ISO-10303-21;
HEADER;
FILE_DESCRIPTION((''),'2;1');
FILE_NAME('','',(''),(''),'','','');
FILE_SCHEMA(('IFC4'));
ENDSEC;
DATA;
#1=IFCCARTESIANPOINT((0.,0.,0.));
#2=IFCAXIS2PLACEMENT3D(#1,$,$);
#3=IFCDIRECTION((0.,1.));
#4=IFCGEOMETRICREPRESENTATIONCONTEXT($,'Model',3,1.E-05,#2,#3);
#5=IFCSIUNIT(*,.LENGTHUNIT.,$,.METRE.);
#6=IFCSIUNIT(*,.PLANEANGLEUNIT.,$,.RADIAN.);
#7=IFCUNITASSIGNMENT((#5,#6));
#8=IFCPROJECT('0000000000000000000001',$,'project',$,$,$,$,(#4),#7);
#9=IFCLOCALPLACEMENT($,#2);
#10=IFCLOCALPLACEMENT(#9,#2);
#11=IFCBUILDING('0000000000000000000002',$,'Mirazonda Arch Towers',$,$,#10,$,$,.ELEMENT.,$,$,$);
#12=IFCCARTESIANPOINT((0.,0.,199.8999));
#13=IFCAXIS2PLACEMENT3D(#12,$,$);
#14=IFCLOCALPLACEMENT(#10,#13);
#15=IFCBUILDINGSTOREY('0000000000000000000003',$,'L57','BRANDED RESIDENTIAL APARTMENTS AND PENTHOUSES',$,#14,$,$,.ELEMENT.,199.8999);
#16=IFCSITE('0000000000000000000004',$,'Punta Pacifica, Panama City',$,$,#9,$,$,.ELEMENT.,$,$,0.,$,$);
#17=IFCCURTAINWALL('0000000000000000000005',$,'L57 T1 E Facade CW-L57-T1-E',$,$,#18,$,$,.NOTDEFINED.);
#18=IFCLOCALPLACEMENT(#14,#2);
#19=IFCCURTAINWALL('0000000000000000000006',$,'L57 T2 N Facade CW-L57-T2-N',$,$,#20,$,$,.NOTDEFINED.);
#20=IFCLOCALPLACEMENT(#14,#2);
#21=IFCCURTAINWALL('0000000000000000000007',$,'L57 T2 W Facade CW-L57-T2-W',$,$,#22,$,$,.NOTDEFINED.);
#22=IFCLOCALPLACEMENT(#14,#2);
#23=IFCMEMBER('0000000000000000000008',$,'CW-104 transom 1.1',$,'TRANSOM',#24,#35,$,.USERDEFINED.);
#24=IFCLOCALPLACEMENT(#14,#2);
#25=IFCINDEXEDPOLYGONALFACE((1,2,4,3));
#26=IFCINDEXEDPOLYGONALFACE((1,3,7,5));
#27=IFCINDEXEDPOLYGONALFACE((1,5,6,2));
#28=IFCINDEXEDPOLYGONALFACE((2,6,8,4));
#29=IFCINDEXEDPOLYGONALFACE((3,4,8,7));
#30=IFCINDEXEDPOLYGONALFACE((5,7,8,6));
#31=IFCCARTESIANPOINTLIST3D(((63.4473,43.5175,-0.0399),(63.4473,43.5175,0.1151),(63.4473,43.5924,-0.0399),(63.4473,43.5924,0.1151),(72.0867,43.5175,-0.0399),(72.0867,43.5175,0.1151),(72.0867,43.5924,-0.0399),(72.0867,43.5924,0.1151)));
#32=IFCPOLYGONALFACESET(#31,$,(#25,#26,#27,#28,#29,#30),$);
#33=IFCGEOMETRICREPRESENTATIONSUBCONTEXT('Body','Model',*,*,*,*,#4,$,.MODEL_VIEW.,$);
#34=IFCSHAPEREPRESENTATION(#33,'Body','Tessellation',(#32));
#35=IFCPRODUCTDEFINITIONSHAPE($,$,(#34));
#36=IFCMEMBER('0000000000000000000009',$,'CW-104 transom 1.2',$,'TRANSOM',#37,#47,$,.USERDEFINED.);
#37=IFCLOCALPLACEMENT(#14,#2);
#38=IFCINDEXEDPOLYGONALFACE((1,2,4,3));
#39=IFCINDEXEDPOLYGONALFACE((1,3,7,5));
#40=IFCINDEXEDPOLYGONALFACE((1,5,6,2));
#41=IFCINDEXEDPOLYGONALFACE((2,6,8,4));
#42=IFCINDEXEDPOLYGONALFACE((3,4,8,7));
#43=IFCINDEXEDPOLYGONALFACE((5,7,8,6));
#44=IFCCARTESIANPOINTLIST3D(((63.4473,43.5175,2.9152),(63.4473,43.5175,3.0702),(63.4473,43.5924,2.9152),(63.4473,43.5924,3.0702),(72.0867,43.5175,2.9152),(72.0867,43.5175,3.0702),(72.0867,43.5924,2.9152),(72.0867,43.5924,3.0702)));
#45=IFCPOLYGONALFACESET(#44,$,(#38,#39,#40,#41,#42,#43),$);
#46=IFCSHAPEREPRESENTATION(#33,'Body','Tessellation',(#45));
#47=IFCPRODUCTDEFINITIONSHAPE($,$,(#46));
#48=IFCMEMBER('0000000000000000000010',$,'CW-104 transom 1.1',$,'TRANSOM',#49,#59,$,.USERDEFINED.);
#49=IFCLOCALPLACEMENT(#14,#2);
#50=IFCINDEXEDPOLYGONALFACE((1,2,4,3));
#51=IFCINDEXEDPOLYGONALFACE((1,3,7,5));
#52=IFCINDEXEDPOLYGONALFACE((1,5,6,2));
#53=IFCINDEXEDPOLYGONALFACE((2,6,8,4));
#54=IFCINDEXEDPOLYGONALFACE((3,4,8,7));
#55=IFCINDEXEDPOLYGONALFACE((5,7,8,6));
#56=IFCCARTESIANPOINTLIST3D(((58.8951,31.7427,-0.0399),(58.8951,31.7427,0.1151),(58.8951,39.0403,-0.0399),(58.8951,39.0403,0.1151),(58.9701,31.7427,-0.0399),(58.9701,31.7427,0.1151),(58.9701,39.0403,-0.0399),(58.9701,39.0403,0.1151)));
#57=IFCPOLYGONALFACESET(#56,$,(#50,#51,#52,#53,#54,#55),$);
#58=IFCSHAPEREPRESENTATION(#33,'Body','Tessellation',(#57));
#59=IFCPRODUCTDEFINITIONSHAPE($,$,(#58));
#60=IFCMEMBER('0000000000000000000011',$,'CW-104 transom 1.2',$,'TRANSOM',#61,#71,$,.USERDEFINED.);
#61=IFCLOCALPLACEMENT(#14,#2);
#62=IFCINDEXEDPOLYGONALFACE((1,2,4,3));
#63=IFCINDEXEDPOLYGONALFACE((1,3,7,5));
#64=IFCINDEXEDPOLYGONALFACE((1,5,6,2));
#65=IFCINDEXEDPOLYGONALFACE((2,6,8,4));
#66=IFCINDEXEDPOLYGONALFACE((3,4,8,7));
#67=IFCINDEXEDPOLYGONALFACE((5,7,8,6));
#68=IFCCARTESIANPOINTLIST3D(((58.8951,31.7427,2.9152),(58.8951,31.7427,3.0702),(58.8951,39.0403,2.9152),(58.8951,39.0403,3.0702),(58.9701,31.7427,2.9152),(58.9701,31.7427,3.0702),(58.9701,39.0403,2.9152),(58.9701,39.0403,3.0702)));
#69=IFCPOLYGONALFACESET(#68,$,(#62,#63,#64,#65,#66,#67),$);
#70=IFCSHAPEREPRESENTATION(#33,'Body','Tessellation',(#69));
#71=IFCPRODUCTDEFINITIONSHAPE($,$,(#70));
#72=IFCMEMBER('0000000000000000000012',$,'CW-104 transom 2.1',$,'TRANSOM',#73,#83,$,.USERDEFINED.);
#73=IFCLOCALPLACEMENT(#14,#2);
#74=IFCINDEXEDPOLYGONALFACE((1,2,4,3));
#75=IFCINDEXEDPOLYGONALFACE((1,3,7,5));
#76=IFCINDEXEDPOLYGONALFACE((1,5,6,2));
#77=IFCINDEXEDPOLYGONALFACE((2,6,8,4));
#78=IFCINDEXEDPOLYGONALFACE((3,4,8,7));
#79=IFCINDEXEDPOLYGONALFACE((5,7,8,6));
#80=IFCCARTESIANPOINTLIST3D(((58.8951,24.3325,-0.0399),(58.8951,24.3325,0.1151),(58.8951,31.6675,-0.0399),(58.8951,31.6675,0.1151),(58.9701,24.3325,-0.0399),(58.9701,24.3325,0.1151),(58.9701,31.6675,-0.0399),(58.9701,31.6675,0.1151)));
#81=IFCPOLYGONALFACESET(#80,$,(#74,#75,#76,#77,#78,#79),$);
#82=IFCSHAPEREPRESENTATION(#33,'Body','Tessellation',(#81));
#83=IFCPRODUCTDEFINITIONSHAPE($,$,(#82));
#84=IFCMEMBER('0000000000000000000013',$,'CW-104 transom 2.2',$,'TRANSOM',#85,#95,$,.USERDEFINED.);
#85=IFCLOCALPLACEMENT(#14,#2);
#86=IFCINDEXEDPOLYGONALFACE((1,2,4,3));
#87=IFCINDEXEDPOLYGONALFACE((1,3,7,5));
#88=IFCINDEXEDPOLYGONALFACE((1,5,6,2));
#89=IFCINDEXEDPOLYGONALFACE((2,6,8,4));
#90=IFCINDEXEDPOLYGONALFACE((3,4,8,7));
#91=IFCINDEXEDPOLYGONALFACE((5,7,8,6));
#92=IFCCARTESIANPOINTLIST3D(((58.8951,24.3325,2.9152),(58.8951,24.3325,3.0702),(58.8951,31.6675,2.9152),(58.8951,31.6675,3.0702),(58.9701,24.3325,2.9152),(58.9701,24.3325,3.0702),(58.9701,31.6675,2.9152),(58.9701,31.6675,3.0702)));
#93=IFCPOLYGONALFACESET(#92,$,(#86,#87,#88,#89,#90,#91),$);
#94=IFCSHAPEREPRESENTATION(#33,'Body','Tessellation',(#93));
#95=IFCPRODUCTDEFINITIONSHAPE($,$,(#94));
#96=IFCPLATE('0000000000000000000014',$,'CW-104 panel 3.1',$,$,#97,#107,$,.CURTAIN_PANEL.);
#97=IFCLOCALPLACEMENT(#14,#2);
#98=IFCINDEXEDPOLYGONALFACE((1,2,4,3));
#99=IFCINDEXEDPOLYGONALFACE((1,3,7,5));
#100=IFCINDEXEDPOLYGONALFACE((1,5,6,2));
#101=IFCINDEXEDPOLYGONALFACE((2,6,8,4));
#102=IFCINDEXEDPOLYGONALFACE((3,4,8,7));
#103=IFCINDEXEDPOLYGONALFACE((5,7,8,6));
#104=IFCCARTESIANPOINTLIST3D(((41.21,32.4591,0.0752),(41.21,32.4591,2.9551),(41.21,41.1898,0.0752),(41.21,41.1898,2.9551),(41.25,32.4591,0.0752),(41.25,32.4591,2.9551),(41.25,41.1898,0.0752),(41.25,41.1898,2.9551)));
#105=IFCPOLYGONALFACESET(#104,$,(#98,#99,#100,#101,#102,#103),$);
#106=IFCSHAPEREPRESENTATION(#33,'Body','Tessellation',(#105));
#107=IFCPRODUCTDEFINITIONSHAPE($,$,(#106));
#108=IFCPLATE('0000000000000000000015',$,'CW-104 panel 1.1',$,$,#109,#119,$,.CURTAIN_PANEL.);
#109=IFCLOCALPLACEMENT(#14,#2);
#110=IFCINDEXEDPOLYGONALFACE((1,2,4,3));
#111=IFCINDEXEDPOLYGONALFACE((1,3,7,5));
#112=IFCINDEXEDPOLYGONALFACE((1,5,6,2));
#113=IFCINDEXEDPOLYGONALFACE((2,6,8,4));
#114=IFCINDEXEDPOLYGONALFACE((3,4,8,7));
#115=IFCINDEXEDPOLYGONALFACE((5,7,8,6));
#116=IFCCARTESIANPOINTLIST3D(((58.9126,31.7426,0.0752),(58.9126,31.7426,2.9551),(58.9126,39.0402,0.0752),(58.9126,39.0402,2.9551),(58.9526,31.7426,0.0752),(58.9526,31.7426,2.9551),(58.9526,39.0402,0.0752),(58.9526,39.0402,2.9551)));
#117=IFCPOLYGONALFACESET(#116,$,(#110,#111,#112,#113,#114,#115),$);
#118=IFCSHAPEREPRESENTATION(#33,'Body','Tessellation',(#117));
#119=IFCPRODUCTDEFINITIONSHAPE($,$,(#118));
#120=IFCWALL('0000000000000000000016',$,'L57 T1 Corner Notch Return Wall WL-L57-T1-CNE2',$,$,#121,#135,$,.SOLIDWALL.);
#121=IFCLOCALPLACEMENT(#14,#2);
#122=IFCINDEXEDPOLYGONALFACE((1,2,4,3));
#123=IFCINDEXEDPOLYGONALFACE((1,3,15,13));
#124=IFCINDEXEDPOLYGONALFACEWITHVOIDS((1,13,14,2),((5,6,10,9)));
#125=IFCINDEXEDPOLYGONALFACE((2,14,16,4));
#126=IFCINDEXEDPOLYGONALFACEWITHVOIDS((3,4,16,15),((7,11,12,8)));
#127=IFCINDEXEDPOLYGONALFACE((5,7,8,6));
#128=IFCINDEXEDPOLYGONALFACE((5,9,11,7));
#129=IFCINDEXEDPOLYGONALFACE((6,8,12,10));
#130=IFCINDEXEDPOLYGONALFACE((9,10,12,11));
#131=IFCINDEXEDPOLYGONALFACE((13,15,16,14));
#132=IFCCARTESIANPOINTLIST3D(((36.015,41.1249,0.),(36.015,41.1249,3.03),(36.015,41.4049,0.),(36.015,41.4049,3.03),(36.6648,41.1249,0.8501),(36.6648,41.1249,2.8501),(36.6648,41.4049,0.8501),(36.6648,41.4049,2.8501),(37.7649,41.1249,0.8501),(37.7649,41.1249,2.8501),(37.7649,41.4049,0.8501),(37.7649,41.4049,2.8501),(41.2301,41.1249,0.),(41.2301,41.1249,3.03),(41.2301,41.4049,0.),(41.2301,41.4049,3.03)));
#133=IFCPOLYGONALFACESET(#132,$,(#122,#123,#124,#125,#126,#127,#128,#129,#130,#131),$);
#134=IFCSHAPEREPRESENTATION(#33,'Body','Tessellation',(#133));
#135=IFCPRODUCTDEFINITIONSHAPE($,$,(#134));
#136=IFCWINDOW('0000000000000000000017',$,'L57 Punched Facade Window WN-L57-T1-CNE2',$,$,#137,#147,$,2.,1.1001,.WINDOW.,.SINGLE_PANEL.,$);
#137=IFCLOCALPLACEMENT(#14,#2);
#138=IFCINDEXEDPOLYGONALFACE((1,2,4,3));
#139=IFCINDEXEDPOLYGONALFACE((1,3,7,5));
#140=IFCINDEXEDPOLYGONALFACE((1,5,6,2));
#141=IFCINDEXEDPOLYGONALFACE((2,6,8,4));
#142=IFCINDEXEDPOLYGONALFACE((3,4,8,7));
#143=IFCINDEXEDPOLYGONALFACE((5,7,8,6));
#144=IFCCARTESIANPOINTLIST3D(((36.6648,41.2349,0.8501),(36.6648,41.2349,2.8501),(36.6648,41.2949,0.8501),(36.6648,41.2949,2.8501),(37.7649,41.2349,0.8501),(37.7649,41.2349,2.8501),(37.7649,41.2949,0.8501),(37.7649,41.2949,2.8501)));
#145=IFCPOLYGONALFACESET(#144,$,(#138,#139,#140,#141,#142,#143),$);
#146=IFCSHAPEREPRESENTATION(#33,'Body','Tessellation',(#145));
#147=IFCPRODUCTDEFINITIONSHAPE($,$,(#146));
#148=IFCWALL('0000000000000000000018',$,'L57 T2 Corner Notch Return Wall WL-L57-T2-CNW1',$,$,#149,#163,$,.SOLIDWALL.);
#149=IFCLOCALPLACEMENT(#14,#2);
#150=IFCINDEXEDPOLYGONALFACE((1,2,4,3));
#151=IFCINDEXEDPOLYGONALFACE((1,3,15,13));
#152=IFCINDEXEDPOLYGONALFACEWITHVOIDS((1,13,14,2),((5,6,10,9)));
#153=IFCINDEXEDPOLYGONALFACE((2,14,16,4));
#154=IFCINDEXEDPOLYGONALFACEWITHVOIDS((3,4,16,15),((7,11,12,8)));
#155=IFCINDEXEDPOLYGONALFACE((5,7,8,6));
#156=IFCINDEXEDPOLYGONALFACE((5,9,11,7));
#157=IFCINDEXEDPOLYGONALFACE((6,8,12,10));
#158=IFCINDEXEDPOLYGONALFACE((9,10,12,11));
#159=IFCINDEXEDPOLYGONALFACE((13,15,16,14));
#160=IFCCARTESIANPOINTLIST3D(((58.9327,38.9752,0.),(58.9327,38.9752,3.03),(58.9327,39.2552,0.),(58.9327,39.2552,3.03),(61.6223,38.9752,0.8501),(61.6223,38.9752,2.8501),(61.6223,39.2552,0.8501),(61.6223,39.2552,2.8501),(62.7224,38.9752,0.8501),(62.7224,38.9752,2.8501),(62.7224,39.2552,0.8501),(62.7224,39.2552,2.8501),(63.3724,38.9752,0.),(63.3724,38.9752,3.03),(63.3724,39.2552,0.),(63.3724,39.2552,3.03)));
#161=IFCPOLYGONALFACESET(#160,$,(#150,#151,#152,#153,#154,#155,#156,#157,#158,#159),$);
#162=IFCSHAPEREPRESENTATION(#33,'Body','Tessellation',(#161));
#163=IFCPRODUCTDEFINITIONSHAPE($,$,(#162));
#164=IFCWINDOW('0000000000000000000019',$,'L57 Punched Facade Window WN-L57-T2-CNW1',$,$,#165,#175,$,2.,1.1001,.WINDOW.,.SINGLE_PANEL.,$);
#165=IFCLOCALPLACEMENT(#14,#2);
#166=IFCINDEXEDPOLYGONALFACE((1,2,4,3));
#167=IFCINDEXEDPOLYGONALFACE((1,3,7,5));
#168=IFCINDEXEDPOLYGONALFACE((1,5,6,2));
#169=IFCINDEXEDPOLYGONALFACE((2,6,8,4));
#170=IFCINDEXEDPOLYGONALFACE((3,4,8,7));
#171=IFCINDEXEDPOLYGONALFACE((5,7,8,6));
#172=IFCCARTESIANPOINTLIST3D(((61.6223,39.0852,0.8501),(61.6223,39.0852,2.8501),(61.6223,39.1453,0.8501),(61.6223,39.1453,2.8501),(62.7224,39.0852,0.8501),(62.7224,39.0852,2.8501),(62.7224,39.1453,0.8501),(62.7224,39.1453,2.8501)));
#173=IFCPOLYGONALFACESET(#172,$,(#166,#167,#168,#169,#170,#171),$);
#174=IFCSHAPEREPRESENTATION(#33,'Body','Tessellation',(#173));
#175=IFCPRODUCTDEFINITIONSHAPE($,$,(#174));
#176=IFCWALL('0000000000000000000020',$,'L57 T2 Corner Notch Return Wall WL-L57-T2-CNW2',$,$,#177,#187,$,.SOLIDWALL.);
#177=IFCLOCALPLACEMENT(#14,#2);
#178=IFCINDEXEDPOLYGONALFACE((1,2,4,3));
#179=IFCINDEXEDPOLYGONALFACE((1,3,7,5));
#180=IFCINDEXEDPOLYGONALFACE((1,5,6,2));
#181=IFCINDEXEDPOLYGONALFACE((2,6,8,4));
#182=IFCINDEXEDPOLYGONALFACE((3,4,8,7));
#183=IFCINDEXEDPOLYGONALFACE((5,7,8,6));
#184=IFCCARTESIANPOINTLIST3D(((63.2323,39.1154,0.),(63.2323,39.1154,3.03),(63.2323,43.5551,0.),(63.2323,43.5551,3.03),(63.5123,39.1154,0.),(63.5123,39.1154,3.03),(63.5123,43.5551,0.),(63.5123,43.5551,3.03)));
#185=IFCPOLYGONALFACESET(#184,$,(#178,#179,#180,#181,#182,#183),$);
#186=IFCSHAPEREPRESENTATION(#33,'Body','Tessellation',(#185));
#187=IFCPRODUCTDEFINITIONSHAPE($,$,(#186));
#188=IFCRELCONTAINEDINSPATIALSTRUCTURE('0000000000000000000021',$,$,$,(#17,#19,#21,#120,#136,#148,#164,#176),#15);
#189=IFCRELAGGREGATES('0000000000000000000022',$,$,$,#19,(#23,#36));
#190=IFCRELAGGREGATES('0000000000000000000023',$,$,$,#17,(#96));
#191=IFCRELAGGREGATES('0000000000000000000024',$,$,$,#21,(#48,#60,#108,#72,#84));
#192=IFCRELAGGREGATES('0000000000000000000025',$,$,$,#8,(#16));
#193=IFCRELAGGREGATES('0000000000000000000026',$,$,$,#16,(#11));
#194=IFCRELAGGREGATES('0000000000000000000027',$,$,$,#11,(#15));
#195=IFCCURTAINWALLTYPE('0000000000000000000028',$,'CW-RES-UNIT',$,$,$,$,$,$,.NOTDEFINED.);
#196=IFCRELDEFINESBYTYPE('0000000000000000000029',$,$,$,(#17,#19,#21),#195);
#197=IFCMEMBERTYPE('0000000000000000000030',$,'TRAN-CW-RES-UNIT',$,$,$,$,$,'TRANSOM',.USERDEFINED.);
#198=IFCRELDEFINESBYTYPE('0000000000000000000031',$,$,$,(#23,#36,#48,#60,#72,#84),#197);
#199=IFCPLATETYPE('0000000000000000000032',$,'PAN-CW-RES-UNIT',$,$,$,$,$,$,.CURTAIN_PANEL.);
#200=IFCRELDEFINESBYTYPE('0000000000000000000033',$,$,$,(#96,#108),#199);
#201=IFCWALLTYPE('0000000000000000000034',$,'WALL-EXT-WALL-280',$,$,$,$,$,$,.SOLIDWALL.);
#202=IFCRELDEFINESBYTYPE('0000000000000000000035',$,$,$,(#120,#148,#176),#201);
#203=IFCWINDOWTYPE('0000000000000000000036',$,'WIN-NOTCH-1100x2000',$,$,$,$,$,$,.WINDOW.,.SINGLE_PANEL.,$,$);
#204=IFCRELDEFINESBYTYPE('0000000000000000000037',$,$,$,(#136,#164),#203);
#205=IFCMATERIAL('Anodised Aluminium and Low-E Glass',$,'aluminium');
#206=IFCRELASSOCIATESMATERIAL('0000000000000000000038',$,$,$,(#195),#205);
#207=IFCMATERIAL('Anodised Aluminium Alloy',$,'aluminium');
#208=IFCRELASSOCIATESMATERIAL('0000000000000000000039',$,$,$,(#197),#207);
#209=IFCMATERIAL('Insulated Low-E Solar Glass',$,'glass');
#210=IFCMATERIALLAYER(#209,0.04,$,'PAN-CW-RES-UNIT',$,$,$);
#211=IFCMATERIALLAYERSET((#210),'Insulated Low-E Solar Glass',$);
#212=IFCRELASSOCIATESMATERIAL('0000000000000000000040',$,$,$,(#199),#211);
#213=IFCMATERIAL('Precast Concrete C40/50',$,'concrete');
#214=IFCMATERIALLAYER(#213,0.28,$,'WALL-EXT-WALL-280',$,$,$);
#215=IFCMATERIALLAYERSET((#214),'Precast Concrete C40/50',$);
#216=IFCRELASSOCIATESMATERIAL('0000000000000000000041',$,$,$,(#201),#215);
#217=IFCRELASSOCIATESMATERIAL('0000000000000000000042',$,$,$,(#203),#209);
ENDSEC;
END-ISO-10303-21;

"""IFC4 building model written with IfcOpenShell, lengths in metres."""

from ifc_helpers import new_model, si_unit, direction, frame, frame_2d, origin, origin_2d, place, context, subcontext, project, spatial, rectangle, extrude, material, layer, layer_set, material_profile, profile_set, type_object, element, fill, aggregate, save


model = new_model("IFC4")

# Units and contexts
model_context = context("Model", 3, precision=1e-05, world=origin(), true_north=direction((0.0, 1.0)))
body_context = subcontext(model_context, "Body", "Model", "MODEL_VIEW")
ifc_project = project(units=[si_unit("LENGTHUNIT", "METRE"), si_unit("PLANEANGLEUNIT", "RADIAN")], contexts=[model_context])

# Site, building, storey
site_placement = place(None, origin())
site = spatial("IfcSite", under=ifc_project, at=site_placement, Name="Punta Pacifica, Panama City", CompositionType="ELEMENT", RefElevation=0.0)
building_placement = place(site_placement, origin())
building = spatial("IfcBuilding", under=site, at=building_placement, Name="Mirazonda Arch Towers", CompositionType="ELEMENT")
storey_placement = place(building_placement, frame((0.0, 0.0, 199.8999)))
storey = spatial("IfcBuildingStorey", under=building, at=storey_placement, Name="L57", Description="BRANDED RESIDENTIAL APARTMENTS AND PENTHOUSES", CompositionType="ELEMENT", Elevation=199.8999)

# Curtain wall
ifc_material_1 = material(Name="Anodised Aluminium and Low-E Glass", Category="aluminium")
curtain_wall_type = type_object("IfcCurtainWallType", Name="CW-RES-UNIT", PredefinedType="NOTDEFINED", material=ifc_material_1)
curtain_wall_1_placement = place(storey_placement, origin())
curtain_wall_1 = element("IfcCurtainWall", 1, at=curtain_wall_1_placement, inside=storey, type_object=curtain_wall_type, Name="L57 T1 E Facade CW-L57-T1-E", PredefinedType="NOTDEFINED")
ifc_material_2 = material(Name="Anodised Aluminium Alloy", Category="aluminium")

# Curtain wall
curtain_wall_2_placement = place(storey_placement, origin())
curtain_wall_2 = element("IfcCurtainWall", 2, at=curtain_wall_2_placement, inside=storey, type_object=curtain_wall_type, Name="L57 T2 N Facade CW-L57-T2-N", PredefinedType="NOTDEFINED")

# Curtain wall
curtain_wall_3_placement = place(storey_placement, origin())
curtain_wall_3 = element("IfcCurtainWall", 3, at=curtain_wall_3_placement, inside=storey, type_object=curtain_wall_type, Name="L57 T2 W Facade CW-L57-T2-W", PredefinedType="NOTDEFINED")

# Members
ifc_material_profile_1 = material_profile(ifc_material_2, rectangle(XDim=0.075, YDim=0.155, at=origin_2d()), Name="ALU-TRAN-75x155")
ifc_profile_set_1 = profile_set([ifc_material_profile_1], Name="Anodised Aluminium Alloy")
member_type_1 = type_object("IfcMemberType", Name="TRAN-CW-RES-UNIT", ElementType="TRANSOM", PredefinedType="USERDEFINED", material=ifc_profile_set_1)
member_1_placement = place(storey_placement, frame((63.4473, 43.5549, 0.0376), z_axis=(1.0, 0.0, 0.0), x_axis=(0.0, 1.0, 0.0)))
member_1 = element("IfcMember", 4, at=member_1_placement, type_object=member_type_1, Name="CW-104 transom 1.1", ObjectType="TRANSOM", PredefinedType="USERDEFINED", context=body_context, shape_type="SweptSolid", body=[
    extrude(rectangle(XDim=0.075, YDim=0.155, at=origin_2d()), origin(), (0.0, 0.0, 1.0), 8.6394),
])
member_2_placement = place(storey_placement, frame((63.4473, 43.5549, 2.9927), z_axis=(1.0, 0.0, 0.0), x_axis=(0.0, 1.0, 0.0)))
member_2 = element("IfcMember", 5, at=member_2_placement, type_object=member_type_1, Name="CW-104 transom 1.2", ObjectType="TRANSOM", PredefinedType="USERDEFINED", context=body_context, shape_type="SweptSolid", body=[
    extrude(rectangle(XDim=0.075, YDim=0.155, at=origin_2d()), origin(), (0.0, 0.0, 1.0), 8.6394),
])
aggregate(curtain_wall_2, [member_1, member_2])
member_3_placement = place(storey_placement, frame((58.9326, 39.0403, 0.0376), z_axis=(0.0, -1.0, 0.0), x_axis=(1.0, 0.0, 0.0)))
member_3 = element("IfcMember", 6, at=member_3_placement, type_object=member_type_1, Name="CW-104 transom 1.1", ObjectType="TRANSOM", PredefinedType="USERDEFINED", context=body_context, shape_type="SweptSolid", body=[
    extrude(rectangle(XDim=0.075, YDim=0.155, at=origin_2d()), origin(), (0.0, 0.0, 1.0), 7.2976),
])
member_4_placement = place(storey_placement, frame((58.9326, 39.0403, 2.9927), z_axis=(0.0, -1.0, 0.0), x_axis=(1.0, 0.0, 0.0)))
member_4 = element("IfcMember", 7, at=member_4_placement, type_object=member_type_1, Name="CW-104 transom 1.2", ObjectType="TRANSOM", PredefinedType="USERDEFINED", context=body_context, shape_type="SweptSolid", body=[
    extrude(rectangle(XDim=0.075, YDim=0.155, at=origin_2d()), origin(), (0.0, 0.0, 1.0), 7.2976),
])
member_5_placement = place(storey_placement, frame((58.9326, 31.6675, 0.0376), z_axis=(0.0, -1.0, 0.0), x_axis=(1.0, 0.0, 0.0)))
member_5 = element("IfcMember", 8, at=member_5_placement, type_object=member_type_1, Name="CW-104 transom 2.1", ObjectType="TRANSOM", PredefinedType="USERDEFINED", context=body_context, shape_type="SweptSolid", body=[
    extrude(rectangle(XDim=0.075, YDim=0.155, at=origin_2d()), origin(), (0.0, 0.0, 1.0), 7.335),
])
member_6_placement = place(storey_placement, frame((58.9326, 31.6675, 2.9927), z_axis=(0.0, -1.0, 0.0), x_axis=(1.0, 0.0, 0.0)))
member_6 = element("IfcMember", 9, at=member_6_placement, type_object=member_type_1, Name="CW-104 transom 2.2", ObjectType="TRANSOM", PredefinedType="USERDEFINED", context=body_context, shape_type="SweptSolid", body=[
    extrude(rectangle(XDim=0.075, YDim=0.155, at=origin_2d()), origin(), (0.0, 0.0, 1.0), 7.335),
])

# Plates
ifc_material_3 = material(Name="Insulated Low-E Solar Glass", Category="glass")
ifc_layer_1 = layer(ifc_material_3, 0.04, Name="PAN-CW-RES-UNIT")
ifc_layer_set_1 = layer_set([ifc_layer_1], Name="Insulated Low-E Solar Glass")
plate_type = type_object("IfcPlateType", Name="PAN-CW-RES-UNIT", PredefinedType="CURTAIN_PANEL", material=ifc_layer_set_1)
plate_1_placement = place(storey_placement, frame((41.23, 36.8245, 0.0752), z_axis=(0.0, 0.0, 1.0), x_axis=(0.0, 1.0, 0.0)))
plate_1 = element("IfcPlate", 10, at=plate_1_placement, type_object=plate_type, Name="CW-104 panel 3.1", PredefinedType="CURTAIN_PANEL", context=body_context, shape_type="SweptSolid", body=[
    extrude(rectangle(XDim=8.7307, YDim=0.04, at=origin_2d()), origin(), (0.0, 0.0, 1.0), 2.8799),
])
aggregate(curtain_wall_1, [plate_1])
plate_2_placement = place(storey_placement, frame((58.9326, 35.3914, 0.0752), z_axis=(0.0, 0.0, 1.0), x_axis=(0.0, -1.0, 0.0)))
plate_2 = element("IfcPlate", 11, at=plate_2_placement, type_object=plate_type, Name="CW-104 panel 1.1", PredefinedType="CURTAIN_PANEL", context=body_context, shape_type="SweptSolid", body=[
    extrude(rectangle(XDim=7.2976, YDim=0.04, at=origin_2d()), origin(), (0.0, 0.0, 1.0), 2.8799),
])
aggregate(curtain_wall_3, [member_3, member_4, plate_2, member_5, member_6])

# Walls, openings, windows
ifc_material_4 = material(Name="Precast Concrete C40/50", Category="concrete")
ifc_layer_2 = layer(ifc_material_4, 0.28, Name="WALL-EXT-WALL-280")
ifc_layer_set_2 = layer_set([ifc_layer_2], Name="Precast Concrete C40/50")
wall_type_1 = type_object("IfcWallType", Name="WALL-EXT-WALL-280", PredefinedType="SOLIDWALL", material=ifc_layer_set_2)
wall_1_placement = place(storey_placement, frame((41.23, 41.2649, 0.0), z_axis=(0.0, 0.0, 1.0), x_axis=(-1.0, 0.0, 0.0)))
wall_1 = element("IfcWall", 12, at=wall_1_placement, inside=storey, type_object=wall_type_1, Name="L57 T1 Corner Notch Return Wall WL-L57-T1-CNE2", PredefinedType="SOLIDWALL", context=body_context, shape_type="SweptSolid", body=[
    extrude(rectangle(XDim=5.2151, YDim=0.28, at=frame_2d((2.6074, 0.0))), origin(), (0.0, 0.0, 1.0), 3.03),
])
opening_1_placement = place(wall_1_placement, frame((3.4651, 0.0, 0.8501)))
opening_1 = element("IfcOpeningElement", 13, at=opening_1_placement, cuts=wall_1, PredefinedType="OPENING", context=body_context, shape_type="SweptSolid", body=[
    extrude(rectangle(XDim=1.1001, YDim=2.0, at=frame_2d((0.55, 1.0))), frame((0.0, 0.1499, 0.0), z_axis=(0.0, -1.0, 0.0), x_axis=(1.0, 0.0, 0.0)), (0.0, 0.0, 1.0), 0.3),
])
window_type = type_object("IfcWindowType", Name="WIN-NOTCH-1100x2000", PartitioningType="SINGLE_PANEL", PredefinedType="WINDOW", material=ifc_material_3)
window_1_placement = place(opening_1_placement, origin())
window_1 = element("IfcWindow", 14, at=window_1_placement, inside=storey, type_object=window_type, Name="L57 Punched Facade Window WN-L57-T1-CNE2", OverallHeight=2.0, OverallWidth=1.1001, PartitioningType="SINGLE_PANEL", PredefinedType="WINDOW", context=body_context, shape_type="SweptSolid", body=[
    extrude(rectangle(XDim=1.1001, YDim=2.0, at=frame_2d((0.55, 1.0))), frame((0.0, 0.03, 0.0), z_axis=(0.0, -1.0, 0.0), x_axis=(1.0, 0.0, 0.0)), (0.0, 0.0, 1.0), 0.0601),
])
fill(opening_1, window_1)
wall_2_placement = place(storey_placement, frame((63.3723, 39.1152, 0.0), z_axis=(0.0, 0.0, 1.0), x_axis=(-1.0, 0.0, 0.0)))
wall_2 = element("IfcWall", 15, at=wall_2_placement, inside=storey, type_object=wall_type_1, Name="L57 T2 Corner Notch Return Wall WL-L57-T2-CNW1", PredefinedType="SOLIDWALL", context=body_context, shape_type="SweptSolid", body=[
    extrude(rectangle(XDim=4.4397, YDim=0.28, at=frame_2d((2.2197, 0.0))), origin(), (0.0, 0.0, 1.0), 3.03),
])
opening_2_placement = place(wall_2_placement, frame((0.6499, 0.0, 0.8501)))
opening_2 = element("IfcOpeningElement", 16, at=opening_2_placement, cuts=wall_2, PredefinedType="OPENING", context=body_context, shape_type="SweptSolid", body=[
    extrude(rectangle(XDim=1.1001, YDim=2.0, at=frame_2d((0.55, 1.0))), frame((0.0, 0.1499, 0.0), z_axis=(0.0, -1.0, 0.0), x_axis=(1.0, 0.0, 0.0)), (0.0, 0.0, 1.0), 0.3),
])
window_2_placement = place(opening_2_placement, origin())
window_2 = element("IfcWindow", 17, at=window_2_placement, inside=storey, type_object=window_type, Name="L57 Punched Facade Window WN-L57-T2-CNW1", OverallHeight=2.0, OverallWidth=1.1001, PartitioningType="SINGLE_PANEL", PredefinedType="WINDOW", context=body_context, shape_type="SweptSolid", body=[
    extrude(rectangle(XDim=1.1001, YDim=2.0, at=frame_2d((0.55, 1.0))), frame((0.0, 0.03, 0.0), z_axis=(0.0, -1.0, 0.0), x_axis=(1.0, 0.0, 0.0)), (0.0, 0.0, 1.0), 0.0601),
])
fill(opening_2, window_2)

# Wall
wall_3_placement = place(storey_placement, frame((63.3723, 43.5549, 0.0), z_axis=(0.0, 0.0, 1.0), x_axis=(0.0, -1.0, 0.0)))
element("IfcWall", 18, at=wall_3_placement, inside=storey, type_object=wall_type_1, Name="L57 T2 Corner Notch Return Wall WL-L57-T2-CNW2", PredefinedType="SOLIDWALL", context=body_context, shape_type="SweptSolid", body=[
    extrude(rectangle(XDim=4.4397, YDim=0.28, at=frame_2d((2.2197, 0.0))), origin(), (0.0, 0.0, 1.0), 3.03),
])

save(model, "model.ifc")
